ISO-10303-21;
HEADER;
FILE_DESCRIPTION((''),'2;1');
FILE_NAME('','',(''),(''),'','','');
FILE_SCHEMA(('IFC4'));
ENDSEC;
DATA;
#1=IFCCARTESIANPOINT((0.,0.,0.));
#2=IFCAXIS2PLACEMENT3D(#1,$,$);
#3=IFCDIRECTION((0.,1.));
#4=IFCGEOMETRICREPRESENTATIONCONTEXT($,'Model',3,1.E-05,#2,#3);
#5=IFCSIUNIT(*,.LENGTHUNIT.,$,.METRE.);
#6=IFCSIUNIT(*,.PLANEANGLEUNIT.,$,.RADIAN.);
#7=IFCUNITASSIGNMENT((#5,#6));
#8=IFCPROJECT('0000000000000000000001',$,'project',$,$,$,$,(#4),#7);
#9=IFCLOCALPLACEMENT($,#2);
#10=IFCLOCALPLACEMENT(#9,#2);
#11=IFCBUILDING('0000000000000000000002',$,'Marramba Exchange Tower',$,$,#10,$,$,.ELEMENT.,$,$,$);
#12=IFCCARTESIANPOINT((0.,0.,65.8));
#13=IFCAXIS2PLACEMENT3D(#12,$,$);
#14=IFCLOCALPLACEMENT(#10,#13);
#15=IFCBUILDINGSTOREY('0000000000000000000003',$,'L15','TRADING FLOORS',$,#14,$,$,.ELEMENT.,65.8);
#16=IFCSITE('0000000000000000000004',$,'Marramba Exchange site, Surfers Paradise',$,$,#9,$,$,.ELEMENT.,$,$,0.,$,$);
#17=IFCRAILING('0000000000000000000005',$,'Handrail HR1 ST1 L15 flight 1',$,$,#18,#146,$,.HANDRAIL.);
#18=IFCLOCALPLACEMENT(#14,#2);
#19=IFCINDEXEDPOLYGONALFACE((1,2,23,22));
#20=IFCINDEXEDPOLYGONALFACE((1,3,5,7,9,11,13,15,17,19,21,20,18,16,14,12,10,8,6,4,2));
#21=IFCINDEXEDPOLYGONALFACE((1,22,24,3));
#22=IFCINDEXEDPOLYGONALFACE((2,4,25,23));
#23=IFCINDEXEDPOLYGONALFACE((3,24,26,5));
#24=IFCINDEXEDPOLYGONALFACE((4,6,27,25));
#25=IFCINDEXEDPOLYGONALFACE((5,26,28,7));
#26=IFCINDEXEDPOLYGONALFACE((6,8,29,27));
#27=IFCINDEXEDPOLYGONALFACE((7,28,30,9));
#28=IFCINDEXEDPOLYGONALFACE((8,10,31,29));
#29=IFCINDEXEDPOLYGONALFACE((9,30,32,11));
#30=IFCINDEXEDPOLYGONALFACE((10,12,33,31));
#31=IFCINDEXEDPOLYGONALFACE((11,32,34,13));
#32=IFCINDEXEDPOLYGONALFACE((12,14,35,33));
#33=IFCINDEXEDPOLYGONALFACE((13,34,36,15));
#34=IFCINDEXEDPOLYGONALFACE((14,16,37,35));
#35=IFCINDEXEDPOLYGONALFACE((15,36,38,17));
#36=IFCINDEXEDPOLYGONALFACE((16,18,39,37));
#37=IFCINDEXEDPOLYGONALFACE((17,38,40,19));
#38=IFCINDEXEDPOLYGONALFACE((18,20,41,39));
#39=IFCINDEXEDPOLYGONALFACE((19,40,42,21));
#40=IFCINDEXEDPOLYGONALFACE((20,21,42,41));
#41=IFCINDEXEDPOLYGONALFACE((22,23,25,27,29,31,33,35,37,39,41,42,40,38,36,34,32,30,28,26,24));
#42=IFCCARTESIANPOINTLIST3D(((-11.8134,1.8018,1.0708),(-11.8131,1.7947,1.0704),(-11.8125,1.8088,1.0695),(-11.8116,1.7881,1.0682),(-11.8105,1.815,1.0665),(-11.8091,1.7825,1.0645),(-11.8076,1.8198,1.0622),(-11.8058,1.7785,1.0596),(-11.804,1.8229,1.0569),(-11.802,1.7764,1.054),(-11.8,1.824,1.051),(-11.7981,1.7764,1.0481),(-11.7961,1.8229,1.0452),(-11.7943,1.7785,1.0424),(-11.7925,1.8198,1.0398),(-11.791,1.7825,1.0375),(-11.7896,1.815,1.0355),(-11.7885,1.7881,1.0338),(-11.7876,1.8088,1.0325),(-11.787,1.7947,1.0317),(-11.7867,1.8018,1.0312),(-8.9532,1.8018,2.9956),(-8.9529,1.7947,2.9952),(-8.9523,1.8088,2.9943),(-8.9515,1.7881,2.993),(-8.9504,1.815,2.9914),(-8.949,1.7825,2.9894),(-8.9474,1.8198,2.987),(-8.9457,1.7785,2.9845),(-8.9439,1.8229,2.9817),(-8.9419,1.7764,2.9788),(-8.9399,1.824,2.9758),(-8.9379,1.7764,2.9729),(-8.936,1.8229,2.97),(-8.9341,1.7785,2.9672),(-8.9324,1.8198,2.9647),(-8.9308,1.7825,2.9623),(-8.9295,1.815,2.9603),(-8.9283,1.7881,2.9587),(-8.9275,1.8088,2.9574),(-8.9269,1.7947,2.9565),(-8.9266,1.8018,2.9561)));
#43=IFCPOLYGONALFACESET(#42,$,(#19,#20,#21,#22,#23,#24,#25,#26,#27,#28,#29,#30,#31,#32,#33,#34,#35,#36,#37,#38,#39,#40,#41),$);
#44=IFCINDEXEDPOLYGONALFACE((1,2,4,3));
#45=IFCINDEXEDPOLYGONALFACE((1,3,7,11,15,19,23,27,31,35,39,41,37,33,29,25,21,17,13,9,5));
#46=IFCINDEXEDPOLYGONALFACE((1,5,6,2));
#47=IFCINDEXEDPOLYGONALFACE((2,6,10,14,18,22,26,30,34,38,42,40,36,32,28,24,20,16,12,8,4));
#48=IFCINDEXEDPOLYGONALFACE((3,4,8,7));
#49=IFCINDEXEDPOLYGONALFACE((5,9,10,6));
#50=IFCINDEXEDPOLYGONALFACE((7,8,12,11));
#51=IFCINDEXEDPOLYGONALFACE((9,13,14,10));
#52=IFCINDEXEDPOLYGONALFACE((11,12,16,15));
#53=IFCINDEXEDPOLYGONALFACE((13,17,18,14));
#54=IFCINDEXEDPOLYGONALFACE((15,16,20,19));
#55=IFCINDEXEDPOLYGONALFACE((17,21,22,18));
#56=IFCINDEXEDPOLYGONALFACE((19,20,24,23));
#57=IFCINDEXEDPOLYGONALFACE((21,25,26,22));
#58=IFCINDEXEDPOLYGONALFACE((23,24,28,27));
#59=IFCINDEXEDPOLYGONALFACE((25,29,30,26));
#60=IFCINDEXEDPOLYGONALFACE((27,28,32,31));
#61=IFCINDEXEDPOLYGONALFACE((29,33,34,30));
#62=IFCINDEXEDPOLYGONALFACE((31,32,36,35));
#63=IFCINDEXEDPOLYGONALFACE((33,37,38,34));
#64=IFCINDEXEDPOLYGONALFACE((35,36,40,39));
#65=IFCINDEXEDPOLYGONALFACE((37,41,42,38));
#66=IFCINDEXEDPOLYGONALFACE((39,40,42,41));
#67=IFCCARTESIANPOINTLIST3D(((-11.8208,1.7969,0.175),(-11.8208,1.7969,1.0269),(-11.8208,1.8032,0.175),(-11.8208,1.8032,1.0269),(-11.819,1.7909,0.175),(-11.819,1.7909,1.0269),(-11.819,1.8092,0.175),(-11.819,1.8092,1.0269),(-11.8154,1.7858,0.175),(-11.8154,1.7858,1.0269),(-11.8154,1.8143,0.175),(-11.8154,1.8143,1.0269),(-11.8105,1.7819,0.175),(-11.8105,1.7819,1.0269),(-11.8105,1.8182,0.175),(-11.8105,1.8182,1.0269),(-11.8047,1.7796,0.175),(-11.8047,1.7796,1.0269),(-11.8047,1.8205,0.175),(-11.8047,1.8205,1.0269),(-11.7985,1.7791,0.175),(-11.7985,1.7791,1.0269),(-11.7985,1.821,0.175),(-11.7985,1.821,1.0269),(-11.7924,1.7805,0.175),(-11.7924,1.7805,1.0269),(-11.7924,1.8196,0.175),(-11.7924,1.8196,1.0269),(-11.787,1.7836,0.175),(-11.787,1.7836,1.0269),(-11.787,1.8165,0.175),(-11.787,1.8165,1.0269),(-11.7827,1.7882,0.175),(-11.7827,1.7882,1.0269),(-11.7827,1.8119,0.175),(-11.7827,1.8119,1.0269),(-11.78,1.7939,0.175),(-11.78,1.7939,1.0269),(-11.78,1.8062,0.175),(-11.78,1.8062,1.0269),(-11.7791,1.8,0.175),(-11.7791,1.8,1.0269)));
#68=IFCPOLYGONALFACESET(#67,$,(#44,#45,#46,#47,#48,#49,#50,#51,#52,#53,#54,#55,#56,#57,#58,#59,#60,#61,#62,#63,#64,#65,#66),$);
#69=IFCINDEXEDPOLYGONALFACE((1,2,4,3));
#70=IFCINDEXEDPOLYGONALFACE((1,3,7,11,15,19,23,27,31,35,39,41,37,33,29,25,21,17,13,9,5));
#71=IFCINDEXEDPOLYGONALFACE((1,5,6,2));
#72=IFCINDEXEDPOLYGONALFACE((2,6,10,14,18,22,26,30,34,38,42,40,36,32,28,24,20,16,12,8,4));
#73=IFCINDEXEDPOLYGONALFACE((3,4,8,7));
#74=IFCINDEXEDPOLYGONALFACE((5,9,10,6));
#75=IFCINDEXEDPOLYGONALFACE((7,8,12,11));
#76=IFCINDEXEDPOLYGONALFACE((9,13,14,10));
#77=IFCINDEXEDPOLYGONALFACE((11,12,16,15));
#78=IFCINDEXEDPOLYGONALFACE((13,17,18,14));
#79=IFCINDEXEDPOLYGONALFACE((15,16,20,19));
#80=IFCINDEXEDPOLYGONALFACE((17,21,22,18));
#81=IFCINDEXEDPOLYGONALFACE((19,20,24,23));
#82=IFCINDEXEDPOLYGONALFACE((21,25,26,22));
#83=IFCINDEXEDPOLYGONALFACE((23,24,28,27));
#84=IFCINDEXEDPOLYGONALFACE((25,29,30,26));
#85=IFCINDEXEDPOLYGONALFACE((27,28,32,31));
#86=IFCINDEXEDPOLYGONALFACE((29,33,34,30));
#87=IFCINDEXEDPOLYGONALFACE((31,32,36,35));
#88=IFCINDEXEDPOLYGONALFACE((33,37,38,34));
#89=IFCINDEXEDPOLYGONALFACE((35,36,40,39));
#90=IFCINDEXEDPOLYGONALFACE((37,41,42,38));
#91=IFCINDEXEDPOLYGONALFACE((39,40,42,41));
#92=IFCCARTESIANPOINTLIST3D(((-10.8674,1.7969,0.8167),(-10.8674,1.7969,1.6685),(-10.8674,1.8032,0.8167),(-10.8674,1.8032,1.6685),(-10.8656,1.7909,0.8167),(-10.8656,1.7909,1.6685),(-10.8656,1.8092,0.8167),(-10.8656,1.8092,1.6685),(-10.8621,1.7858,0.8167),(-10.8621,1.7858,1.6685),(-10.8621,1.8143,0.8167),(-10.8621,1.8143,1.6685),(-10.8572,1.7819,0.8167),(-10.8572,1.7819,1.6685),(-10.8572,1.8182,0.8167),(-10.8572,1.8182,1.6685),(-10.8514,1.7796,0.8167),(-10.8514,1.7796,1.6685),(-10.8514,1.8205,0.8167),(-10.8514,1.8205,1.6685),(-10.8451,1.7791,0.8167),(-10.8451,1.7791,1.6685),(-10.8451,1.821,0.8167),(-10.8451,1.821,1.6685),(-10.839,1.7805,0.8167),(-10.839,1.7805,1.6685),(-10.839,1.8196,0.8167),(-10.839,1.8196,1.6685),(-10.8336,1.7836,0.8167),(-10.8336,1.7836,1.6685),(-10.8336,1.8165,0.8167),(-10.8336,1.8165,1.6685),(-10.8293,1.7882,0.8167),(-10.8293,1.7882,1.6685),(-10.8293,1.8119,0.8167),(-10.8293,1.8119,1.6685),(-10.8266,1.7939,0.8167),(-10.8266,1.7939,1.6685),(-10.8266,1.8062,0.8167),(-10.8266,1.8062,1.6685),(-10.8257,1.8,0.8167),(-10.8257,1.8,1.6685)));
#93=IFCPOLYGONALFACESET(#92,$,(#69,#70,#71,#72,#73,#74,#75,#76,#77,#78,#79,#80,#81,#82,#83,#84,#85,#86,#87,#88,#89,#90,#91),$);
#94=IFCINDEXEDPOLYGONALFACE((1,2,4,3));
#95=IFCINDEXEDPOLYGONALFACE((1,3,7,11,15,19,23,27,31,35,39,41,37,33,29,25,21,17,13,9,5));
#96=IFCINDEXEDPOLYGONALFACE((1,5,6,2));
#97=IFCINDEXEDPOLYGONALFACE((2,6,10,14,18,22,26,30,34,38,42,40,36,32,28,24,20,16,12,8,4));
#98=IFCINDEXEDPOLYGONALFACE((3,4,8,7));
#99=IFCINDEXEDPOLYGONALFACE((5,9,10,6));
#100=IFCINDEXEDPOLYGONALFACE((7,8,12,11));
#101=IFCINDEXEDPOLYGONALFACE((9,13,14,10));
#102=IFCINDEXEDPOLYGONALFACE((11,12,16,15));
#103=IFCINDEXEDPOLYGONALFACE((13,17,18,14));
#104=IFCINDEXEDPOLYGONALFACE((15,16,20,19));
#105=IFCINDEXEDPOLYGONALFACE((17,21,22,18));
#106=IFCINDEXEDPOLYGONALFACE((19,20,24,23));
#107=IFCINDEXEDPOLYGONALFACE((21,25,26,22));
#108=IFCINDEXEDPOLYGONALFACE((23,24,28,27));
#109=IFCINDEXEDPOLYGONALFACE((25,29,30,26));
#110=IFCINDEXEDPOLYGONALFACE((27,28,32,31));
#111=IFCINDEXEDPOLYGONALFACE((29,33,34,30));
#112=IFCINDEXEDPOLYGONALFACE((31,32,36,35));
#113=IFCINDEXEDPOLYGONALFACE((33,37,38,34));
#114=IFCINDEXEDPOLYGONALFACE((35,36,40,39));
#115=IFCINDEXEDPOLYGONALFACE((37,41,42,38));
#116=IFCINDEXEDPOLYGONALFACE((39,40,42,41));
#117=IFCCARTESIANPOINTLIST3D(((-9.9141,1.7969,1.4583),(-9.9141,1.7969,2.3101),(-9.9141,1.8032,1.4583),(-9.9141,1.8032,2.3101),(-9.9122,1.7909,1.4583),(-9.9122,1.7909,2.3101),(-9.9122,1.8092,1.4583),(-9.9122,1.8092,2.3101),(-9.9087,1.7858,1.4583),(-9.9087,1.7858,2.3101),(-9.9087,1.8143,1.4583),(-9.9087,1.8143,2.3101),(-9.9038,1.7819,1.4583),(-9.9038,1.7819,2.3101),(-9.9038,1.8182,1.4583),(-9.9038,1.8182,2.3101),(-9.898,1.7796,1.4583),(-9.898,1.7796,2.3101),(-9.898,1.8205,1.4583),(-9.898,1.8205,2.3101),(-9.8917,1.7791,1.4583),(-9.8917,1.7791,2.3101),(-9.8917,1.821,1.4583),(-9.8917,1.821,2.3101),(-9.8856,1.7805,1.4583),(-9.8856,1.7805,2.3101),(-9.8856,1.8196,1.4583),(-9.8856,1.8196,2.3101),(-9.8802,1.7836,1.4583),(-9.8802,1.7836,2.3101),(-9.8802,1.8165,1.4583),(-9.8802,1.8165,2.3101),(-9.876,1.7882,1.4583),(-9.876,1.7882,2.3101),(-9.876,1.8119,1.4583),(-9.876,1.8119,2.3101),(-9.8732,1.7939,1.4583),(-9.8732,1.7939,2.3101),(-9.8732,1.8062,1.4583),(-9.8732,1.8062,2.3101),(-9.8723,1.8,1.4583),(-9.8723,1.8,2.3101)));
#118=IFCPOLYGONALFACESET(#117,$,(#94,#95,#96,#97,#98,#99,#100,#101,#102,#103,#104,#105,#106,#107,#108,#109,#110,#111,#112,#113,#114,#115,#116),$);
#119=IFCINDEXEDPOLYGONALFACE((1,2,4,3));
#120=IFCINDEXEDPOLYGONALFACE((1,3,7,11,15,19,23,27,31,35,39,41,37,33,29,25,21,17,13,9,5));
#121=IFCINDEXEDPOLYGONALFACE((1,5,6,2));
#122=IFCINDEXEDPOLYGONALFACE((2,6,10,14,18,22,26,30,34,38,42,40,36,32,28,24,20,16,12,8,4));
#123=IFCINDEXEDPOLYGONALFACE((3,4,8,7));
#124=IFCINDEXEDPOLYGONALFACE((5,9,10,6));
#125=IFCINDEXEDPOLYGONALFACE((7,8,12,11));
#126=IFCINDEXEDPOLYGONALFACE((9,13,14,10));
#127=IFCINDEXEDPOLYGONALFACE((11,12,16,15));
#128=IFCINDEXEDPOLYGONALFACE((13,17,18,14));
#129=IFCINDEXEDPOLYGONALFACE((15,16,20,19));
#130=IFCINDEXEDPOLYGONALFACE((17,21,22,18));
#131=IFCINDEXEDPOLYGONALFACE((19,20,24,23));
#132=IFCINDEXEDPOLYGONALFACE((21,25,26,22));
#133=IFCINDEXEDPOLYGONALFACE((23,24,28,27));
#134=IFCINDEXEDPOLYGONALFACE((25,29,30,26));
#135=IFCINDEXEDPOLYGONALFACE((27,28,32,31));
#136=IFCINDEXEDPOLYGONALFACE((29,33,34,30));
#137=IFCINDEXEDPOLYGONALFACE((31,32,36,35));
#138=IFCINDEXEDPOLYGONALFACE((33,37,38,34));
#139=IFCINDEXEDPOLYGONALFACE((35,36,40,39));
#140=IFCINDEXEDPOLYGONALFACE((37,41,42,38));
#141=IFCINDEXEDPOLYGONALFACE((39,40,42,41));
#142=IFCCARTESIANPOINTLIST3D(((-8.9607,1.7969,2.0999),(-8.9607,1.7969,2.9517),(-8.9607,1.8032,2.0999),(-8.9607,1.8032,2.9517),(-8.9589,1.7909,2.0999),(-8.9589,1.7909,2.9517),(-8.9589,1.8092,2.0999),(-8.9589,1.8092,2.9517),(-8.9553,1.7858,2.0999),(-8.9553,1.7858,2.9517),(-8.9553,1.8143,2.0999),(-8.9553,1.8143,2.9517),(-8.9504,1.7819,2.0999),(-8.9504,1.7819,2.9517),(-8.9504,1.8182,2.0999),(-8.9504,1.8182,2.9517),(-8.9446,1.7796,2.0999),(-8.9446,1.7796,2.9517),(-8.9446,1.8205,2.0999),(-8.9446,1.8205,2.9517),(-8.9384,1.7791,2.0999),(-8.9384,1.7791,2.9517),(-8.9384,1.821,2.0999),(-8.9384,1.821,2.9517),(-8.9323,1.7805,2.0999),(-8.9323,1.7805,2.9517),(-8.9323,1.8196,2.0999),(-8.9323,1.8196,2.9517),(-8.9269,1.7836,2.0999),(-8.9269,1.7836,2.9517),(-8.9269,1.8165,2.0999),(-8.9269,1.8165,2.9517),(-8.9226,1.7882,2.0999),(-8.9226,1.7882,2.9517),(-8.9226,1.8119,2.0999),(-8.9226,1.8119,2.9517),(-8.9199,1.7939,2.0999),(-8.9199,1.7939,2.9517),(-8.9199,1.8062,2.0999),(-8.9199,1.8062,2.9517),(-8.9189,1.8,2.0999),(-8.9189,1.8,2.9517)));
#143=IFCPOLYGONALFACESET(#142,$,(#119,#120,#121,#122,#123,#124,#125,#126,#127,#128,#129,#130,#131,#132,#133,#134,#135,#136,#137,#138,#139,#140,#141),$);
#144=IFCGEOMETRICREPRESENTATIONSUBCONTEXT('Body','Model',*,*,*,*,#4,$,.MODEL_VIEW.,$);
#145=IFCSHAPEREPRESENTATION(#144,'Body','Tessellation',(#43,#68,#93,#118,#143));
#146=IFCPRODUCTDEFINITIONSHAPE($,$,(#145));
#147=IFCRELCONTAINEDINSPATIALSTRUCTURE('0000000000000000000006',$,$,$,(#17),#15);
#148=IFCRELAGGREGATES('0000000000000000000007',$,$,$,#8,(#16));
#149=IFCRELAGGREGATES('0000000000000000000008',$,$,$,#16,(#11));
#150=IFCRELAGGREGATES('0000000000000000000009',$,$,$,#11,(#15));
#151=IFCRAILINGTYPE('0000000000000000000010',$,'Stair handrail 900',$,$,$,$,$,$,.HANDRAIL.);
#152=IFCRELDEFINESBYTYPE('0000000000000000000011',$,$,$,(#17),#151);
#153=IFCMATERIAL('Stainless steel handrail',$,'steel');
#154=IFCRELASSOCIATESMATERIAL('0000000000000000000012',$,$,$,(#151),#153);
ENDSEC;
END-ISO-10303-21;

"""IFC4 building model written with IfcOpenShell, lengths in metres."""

from ifc_helpers import new_model, si_unit, direction, frame, origin, origin_2d, place, context, subcontext, project, spatial, circle, extrude, material, type_object, element, save


model = new_model("IFC4")

# Units and contexts
model_context = context("Model", 3, precision=1e-05, world=origin(), true_north=direction((0.0, 1.0)))
body_context = subcontext(model_context, "Body", "Model", "MODEL_VIEW")
ifc_project = project(units=[si_unit("LENGTHUNIT", "METRE"), si_unit("PLANEANGLEUNIT", "RADIAN")], contexts=[model_context])

# Site, building, storey
site_placement = place(None, origin())
site = spatial("IfcSite", under=ifc_project, at=site_placement, Name="Marramba Exchange site, Surfers Paradise", CompositionType="ELEMENT", RefElevation=0.0)
building_placement = place(site_placement, origin())
building = spatial("IfcBuilding", under=site, at=building_placement, Name="Marramba Exchange Tower", CompositionType="ELEMENT")
storey_placement = place(building_placement, frame((0.0, 0.0, 65.8)))
storey = spatial("IfcBuildingStorey", under=building, at=storey_placement, Name="L15", Description="TRADING FLOORS", CompositionType="ELEMENT", Elevation=65.8)

# Railing
ifc_material_1 = material(Name="Stainless steel handrail", Category="steel")
railing_type = type_object("IfcRailingType", Name="Stair handrail 900", PredefinedType="HANDRAIL", material=ifc_material_1)
railing_placement = place(storey_placement, frame((-11.8, 1.8, 0.175)))
element("IfcRailing", 1, at=railing_placement, inside=storey, type_object=railing_type, Name="Handrail HR1 ST1 L15 flight 1", PredefinedType="HANDRAIL", context=body_context, shape_type="SweptSolid", body=[
    extrude(circle(Radius=0.0239, at=origin_2d()), frame((0.0, 0.0, 0.876), z_axis=(0.829624, 0.0, 0.558323), x_axis=(0.0, 1.0, 0.0)), (0.0, 0.0, 1.0), 3.4475),
    extrude(circle(Radius=0.021, at=origin_2d()), origin(), (0.0, 0.0, 1.0), 0.8518),
    extrude(circle(Radius=0.021, at=origin_2d()), frame((0.9534, 0.0, 0.6416)), (0.0, 0.0, 1.0), 0.8518),
    extrude(circle(Radius=0.021, at=origin_2d()), frame((1.9067, 0.0, 1.2832)), (0.0, 0.0, 1.0), 0.8518),
    extrude(circle(Radius=0.021, at=origin_2d()), frame((2.8601, 0.0, 1.9248)), (0.0, 0.0, 1.0), 0.8518),
])

save(model, "model.ifc")
